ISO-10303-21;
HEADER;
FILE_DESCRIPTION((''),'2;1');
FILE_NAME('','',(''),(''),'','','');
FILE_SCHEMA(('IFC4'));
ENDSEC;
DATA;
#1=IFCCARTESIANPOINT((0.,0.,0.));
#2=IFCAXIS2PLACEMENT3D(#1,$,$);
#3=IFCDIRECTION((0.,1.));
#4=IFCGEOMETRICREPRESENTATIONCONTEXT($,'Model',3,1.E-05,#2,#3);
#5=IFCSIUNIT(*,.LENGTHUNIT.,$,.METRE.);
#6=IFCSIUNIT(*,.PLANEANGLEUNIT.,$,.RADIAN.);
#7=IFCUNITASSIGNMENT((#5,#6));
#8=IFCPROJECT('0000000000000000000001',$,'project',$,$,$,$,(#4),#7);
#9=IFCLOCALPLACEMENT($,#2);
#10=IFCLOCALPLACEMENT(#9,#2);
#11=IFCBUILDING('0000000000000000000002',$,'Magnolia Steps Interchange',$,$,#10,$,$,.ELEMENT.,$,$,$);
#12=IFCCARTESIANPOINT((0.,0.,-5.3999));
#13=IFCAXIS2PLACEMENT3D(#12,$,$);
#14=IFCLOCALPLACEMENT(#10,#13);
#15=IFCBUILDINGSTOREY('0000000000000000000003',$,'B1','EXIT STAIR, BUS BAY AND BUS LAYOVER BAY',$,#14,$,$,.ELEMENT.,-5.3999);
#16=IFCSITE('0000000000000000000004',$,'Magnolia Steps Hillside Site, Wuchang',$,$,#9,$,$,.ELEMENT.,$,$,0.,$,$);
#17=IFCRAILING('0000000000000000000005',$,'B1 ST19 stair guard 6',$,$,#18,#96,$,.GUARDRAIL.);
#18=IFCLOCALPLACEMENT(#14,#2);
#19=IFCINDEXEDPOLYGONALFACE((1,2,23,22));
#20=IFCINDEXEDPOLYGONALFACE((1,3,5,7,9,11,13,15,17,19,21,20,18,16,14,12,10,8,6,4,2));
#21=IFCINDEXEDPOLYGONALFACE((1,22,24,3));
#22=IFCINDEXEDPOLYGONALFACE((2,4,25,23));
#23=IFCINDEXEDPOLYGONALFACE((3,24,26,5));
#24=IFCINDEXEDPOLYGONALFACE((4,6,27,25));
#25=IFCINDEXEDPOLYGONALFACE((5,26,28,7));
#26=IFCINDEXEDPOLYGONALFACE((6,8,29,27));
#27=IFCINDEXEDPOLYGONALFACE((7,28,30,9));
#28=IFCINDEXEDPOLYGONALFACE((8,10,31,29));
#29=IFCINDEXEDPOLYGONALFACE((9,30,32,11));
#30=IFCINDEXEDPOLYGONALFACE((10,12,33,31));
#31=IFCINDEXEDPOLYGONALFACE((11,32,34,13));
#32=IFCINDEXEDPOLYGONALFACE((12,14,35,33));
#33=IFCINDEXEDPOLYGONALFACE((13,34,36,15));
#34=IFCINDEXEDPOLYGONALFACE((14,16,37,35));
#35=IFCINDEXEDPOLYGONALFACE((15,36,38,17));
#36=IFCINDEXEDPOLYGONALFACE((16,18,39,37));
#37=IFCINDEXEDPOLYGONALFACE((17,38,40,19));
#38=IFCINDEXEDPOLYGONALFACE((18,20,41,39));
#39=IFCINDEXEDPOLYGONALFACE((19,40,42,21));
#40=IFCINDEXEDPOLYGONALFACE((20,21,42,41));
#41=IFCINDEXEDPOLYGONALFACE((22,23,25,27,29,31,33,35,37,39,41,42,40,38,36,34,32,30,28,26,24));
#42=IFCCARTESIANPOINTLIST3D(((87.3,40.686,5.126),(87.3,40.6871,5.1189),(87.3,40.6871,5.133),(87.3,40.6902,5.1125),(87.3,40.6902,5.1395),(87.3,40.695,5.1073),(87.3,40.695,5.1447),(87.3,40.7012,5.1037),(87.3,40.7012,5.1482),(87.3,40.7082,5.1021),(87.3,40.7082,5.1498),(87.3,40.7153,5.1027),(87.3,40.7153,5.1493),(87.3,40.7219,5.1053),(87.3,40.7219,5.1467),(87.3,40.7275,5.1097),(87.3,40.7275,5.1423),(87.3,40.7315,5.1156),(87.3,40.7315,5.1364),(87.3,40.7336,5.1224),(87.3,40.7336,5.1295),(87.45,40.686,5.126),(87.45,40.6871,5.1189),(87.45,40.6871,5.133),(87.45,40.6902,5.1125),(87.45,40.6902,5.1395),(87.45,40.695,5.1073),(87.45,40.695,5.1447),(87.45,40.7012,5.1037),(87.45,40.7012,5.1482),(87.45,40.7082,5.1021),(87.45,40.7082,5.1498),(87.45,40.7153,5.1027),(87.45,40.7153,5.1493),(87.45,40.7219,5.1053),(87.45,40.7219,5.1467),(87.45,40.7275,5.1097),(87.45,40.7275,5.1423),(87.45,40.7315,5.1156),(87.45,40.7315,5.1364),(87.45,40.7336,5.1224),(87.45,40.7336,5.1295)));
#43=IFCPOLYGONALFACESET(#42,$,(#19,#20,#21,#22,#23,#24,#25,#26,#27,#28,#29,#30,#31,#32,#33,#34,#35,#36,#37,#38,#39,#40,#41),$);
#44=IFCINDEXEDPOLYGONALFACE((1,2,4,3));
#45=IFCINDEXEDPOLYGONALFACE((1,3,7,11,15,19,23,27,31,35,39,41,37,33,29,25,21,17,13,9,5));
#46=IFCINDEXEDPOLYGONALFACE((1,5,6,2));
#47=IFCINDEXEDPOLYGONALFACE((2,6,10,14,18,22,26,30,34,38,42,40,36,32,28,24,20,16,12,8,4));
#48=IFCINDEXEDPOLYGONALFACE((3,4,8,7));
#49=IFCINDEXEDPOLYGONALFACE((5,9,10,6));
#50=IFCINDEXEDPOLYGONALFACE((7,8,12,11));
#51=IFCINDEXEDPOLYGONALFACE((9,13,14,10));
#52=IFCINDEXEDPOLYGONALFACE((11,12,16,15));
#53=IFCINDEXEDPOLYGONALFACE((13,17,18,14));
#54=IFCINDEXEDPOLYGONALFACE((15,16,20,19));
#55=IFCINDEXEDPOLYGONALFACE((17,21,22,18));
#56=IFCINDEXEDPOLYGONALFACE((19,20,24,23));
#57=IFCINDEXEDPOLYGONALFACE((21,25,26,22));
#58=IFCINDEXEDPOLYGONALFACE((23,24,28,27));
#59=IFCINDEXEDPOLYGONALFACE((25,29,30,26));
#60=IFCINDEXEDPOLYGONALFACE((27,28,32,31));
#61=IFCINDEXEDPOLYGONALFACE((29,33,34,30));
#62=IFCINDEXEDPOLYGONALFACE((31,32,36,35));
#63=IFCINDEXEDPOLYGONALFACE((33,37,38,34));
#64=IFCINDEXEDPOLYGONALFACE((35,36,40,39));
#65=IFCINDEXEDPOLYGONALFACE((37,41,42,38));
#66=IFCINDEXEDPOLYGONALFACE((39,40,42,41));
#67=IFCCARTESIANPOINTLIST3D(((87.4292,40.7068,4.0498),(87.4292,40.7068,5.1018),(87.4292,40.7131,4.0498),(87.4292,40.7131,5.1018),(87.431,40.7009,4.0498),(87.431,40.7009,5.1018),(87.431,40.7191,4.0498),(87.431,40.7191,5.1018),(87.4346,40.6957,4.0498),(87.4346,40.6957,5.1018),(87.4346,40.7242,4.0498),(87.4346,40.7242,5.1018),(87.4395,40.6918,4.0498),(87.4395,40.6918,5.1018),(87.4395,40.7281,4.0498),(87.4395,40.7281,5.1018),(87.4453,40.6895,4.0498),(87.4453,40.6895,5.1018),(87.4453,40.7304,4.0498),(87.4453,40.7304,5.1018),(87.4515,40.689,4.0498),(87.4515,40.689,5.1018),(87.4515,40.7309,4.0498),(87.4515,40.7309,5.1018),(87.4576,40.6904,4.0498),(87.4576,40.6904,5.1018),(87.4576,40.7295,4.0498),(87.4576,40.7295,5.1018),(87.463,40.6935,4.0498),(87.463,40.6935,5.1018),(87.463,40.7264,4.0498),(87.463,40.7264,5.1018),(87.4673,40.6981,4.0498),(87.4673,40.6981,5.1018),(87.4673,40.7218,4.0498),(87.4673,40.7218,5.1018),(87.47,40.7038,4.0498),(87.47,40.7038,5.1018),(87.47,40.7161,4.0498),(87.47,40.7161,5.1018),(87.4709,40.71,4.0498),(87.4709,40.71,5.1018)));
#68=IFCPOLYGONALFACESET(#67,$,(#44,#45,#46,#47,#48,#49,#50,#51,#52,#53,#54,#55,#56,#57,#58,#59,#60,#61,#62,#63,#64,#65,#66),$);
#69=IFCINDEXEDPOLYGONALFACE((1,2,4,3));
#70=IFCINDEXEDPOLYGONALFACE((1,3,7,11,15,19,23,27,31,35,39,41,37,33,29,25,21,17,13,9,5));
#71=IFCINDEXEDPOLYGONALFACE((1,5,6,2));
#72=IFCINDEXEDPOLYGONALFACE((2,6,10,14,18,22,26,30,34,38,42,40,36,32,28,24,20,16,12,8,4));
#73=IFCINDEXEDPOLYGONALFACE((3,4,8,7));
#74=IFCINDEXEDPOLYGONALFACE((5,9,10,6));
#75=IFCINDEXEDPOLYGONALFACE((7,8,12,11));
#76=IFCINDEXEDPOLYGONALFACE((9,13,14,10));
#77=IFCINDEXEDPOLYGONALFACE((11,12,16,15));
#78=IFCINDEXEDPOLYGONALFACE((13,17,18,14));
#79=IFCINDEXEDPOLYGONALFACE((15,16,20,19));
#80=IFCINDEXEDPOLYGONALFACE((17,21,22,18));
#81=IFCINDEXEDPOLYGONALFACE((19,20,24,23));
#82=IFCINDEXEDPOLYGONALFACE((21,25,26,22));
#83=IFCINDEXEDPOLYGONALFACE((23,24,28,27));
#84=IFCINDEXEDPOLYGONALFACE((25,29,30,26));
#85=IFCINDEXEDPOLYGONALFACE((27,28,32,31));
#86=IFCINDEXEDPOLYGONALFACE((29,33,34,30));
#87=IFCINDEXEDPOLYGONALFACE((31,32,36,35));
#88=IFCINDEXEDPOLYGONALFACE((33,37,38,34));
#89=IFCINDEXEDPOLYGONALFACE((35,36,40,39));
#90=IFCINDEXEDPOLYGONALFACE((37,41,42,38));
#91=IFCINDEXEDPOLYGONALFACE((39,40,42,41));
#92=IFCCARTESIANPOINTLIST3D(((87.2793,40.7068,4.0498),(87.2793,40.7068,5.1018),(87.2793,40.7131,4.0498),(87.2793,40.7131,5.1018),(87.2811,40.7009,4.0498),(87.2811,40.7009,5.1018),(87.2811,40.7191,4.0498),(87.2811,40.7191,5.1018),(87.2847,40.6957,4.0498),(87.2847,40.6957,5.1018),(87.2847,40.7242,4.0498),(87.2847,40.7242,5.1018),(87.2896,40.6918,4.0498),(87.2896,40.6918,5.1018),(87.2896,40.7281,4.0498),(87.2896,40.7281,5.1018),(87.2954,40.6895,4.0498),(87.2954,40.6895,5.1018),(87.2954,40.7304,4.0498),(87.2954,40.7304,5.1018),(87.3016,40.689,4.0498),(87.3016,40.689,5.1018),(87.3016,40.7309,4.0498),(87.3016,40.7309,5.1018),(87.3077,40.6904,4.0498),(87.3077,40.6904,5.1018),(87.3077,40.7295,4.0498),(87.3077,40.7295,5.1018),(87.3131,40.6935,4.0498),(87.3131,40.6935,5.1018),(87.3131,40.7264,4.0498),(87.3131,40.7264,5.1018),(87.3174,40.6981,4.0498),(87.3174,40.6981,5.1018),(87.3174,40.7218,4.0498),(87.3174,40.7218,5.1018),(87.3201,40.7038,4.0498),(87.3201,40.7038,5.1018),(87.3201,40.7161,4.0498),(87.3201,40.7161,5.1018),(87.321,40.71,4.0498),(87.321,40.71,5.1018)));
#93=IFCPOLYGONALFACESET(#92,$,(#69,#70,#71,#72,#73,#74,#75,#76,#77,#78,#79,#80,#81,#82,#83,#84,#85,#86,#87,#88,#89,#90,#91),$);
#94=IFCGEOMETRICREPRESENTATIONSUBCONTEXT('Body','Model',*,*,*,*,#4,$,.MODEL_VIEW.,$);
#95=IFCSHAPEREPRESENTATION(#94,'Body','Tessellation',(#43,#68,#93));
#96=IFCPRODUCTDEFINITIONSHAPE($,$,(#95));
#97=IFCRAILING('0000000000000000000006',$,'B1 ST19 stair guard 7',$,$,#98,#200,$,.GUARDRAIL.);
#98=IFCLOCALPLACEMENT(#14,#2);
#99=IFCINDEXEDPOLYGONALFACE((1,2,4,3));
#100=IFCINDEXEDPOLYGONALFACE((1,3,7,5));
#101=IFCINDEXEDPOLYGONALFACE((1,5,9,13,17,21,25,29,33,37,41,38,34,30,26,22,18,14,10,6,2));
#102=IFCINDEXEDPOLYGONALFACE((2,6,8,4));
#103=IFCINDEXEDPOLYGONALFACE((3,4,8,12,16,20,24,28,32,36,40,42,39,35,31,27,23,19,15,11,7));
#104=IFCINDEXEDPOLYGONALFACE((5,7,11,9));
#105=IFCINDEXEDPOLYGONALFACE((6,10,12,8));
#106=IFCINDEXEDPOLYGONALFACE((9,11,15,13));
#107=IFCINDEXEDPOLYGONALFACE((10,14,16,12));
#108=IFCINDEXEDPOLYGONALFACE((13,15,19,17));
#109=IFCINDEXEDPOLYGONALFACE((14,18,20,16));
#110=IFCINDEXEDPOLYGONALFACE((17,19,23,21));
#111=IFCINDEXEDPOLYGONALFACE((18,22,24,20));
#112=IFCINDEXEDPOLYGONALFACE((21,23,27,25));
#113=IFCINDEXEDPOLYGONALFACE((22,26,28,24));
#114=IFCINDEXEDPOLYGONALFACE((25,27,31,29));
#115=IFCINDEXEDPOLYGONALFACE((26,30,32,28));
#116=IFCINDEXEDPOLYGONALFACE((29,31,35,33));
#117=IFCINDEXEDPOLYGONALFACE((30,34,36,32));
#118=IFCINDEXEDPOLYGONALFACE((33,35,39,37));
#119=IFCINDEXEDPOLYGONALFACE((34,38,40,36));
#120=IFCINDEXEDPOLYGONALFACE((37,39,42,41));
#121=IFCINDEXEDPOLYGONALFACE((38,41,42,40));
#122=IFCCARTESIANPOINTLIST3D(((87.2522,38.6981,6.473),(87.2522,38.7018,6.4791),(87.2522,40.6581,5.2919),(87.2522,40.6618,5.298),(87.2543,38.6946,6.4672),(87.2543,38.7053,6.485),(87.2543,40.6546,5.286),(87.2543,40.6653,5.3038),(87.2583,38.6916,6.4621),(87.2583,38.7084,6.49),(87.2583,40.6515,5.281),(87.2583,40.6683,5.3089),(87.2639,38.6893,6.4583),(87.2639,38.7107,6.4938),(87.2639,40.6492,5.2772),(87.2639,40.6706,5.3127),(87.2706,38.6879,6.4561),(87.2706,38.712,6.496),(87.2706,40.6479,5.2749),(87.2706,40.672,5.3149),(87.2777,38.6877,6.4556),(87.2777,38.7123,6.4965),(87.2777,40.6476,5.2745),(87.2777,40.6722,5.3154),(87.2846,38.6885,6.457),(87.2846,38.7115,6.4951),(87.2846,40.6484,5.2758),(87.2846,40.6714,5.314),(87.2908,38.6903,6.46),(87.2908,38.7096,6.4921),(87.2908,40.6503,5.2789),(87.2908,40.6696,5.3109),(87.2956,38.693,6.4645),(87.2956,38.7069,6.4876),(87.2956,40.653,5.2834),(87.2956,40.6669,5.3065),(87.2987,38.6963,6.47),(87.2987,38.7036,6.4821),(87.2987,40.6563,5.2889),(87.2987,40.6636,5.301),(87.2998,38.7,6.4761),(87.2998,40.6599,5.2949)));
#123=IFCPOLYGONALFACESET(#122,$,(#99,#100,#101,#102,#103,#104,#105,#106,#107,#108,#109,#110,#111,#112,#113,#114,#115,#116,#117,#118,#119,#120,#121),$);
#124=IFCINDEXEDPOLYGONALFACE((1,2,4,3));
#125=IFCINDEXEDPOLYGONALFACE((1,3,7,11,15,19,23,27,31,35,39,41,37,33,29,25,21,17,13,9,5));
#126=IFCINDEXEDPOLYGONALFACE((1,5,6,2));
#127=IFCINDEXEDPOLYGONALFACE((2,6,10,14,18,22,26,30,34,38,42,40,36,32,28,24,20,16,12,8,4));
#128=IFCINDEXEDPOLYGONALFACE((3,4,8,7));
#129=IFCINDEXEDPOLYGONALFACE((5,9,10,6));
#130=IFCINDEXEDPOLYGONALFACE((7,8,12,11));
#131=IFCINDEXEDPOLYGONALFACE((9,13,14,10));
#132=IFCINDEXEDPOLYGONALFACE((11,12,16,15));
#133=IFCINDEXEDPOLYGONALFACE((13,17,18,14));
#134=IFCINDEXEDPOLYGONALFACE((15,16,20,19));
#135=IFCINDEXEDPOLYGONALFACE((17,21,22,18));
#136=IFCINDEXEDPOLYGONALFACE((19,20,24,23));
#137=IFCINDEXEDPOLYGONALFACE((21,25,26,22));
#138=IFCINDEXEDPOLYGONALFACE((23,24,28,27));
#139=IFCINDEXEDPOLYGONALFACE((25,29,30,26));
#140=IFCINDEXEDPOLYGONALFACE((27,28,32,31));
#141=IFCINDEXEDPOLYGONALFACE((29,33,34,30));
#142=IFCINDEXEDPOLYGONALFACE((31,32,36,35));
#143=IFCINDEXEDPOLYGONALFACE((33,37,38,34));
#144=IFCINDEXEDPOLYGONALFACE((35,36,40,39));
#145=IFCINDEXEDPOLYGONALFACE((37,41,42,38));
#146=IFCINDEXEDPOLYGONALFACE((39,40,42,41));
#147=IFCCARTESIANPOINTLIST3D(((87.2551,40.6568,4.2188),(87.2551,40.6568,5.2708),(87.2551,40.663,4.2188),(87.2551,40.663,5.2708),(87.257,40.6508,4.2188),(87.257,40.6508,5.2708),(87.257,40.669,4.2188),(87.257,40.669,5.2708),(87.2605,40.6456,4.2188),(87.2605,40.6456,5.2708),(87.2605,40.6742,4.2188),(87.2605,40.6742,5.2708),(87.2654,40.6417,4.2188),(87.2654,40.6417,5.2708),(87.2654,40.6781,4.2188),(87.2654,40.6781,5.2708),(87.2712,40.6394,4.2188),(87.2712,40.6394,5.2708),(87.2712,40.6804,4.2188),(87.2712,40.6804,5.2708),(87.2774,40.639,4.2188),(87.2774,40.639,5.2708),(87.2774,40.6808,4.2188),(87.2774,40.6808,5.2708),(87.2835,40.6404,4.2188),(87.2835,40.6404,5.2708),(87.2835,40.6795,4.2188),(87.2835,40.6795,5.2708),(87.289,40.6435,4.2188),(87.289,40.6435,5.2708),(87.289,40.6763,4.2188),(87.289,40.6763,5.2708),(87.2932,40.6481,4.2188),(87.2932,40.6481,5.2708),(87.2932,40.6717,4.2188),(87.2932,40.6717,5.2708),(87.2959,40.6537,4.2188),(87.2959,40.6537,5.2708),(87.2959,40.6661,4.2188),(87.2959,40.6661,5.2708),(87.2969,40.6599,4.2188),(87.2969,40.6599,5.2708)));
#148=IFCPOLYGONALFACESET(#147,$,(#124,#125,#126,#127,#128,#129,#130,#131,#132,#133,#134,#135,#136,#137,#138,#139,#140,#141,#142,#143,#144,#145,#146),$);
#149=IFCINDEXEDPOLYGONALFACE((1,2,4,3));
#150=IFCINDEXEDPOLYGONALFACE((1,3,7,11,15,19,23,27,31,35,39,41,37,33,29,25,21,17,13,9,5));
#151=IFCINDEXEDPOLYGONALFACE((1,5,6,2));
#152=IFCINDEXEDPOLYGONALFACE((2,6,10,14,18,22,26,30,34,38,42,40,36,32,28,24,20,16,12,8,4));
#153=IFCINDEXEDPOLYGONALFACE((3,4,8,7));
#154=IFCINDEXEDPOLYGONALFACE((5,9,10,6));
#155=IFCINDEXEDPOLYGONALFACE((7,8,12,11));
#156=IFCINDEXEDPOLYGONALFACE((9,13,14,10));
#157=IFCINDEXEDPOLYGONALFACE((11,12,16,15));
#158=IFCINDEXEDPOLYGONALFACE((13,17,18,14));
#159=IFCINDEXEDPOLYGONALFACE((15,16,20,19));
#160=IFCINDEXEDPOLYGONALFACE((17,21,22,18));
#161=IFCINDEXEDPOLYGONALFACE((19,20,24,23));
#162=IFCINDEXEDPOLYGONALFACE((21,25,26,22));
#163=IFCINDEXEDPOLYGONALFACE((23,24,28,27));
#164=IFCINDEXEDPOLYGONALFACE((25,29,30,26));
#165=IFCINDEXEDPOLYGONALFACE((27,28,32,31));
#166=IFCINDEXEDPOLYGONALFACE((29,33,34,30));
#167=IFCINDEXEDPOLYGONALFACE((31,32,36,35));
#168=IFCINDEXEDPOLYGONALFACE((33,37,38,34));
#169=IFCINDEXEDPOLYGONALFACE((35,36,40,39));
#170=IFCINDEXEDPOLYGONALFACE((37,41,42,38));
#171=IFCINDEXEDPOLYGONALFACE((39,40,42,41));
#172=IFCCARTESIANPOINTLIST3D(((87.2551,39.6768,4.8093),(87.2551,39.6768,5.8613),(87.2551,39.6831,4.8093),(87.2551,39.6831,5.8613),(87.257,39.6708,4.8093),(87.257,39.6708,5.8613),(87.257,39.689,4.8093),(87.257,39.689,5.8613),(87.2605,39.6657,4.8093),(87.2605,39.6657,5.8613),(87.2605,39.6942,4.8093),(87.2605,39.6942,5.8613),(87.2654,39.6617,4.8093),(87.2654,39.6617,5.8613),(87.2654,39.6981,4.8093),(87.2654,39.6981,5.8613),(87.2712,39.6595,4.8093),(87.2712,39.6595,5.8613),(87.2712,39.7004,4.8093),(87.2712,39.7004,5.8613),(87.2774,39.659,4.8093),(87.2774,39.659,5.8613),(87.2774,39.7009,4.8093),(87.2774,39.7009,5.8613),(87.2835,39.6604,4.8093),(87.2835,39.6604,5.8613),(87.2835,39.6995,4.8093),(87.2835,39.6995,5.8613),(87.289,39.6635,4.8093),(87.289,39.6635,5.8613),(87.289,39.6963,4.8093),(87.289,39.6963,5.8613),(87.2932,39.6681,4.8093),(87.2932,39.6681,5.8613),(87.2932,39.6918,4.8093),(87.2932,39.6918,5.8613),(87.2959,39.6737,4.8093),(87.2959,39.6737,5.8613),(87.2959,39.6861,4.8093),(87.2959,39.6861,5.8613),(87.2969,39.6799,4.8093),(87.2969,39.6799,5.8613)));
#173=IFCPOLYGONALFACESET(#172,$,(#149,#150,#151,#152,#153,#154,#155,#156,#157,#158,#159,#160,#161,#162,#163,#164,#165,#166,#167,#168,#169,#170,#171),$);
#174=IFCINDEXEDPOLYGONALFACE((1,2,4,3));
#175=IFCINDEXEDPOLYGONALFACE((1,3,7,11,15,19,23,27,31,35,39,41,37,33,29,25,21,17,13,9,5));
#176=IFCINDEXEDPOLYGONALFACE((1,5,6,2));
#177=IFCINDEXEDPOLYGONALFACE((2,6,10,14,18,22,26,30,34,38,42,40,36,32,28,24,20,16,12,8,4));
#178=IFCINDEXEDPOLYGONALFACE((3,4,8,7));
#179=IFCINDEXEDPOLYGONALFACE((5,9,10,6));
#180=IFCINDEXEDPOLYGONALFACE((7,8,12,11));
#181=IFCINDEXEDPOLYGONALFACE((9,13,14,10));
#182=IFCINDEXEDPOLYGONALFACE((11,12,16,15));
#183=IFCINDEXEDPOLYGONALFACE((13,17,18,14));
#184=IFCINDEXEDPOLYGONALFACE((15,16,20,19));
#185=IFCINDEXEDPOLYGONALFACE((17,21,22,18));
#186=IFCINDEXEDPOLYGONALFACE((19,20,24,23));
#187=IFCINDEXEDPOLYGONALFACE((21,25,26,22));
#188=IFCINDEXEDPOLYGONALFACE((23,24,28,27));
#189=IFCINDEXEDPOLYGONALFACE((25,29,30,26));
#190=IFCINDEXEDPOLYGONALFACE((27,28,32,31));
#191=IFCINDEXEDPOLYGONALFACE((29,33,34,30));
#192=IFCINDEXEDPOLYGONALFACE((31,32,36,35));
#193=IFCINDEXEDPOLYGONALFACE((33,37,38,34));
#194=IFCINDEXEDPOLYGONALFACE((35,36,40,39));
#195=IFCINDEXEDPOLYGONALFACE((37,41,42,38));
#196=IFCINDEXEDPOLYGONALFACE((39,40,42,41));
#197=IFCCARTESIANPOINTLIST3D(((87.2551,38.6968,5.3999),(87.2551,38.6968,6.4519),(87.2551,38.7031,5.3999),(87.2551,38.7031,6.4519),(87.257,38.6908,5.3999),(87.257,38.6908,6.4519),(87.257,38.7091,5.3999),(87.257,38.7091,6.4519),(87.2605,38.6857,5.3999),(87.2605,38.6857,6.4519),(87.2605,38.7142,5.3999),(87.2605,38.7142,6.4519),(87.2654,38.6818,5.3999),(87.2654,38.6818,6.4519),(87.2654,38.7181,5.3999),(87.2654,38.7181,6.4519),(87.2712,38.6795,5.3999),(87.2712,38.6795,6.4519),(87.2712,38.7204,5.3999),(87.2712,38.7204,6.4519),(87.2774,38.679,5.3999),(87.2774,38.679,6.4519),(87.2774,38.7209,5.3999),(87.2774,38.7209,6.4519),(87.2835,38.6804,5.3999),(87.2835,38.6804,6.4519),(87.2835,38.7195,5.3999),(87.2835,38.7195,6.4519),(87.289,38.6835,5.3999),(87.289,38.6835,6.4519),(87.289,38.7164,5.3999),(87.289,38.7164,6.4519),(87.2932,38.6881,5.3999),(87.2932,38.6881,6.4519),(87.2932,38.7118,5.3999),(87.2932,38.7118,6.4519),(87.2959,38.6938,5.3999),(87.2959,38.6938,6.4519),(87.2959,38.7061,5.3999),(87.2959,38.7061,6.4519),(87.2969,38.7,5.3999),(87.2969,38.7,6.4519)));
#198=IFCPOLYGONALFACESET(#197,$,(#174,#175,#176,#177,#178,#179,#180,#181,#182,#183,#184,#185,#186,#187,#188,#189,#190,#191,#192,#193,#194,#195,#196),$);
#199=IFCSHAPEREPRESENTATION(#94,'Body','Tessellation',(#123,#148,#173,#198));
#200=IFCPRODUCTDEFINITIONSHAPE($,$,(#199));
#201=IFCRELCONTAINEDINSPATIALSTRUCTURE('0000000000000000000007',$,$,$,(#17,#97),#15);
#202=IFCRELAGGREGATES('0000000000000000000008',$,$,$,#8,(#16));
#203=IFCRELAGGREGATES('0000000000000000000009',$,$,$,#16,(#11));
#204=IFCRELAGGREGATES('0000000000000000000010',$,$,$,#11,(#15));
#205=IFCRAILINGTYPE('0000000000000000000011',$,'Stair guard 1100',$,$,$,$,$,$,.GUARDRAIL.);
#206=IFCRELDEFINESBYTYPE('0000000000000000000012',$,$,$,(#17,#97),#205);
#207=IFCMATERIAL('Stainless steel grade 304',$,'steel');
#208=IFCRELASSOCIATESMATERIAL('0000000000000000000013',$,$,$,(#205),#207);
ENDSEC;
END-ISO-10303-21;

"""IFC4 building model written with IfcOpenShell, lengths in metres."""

from ifc_helpers import new_model, si_unit, direction, frame, origin, origin_2d, place, context, subcontext, project, spatial, circle, extrude, material, type_object, element, save


model = new_model("IFC4")

# Units and contexts
model_context = context("Model", 3, precision=1e-05, world=origin(), true_north=direction((0.0, 1.0)))
body_context = subcontext(model_context, "Body", "Model", "MODEL_VIEW")
ifc_project = project(units=[si_unit("LENGTHUNIT", "METRE"), si_unit("PLANEANGLEUNIT", "RADIAN")], contexts=[model_context])

# Site, building, storey
site_placement = place(None, origin())
site = spatial("IfcSite", under=ifc_project, at=site_placement, Name="Magnolia Steps Hillside Site, Wuchang", CompositionType="ELEMENT", RefElevation=0.0)
building_placement = place(site_placement, origin())
building = spatial("IfcBuilding", under=site, at=building_placement, Name="Magnolia Steps Interchange", CompositionType="ELEMENT")
storey_placement = place(building_placement, frame((0.0, 0.0, -5.3999)))
storey = spatial("IfcBuildingStorey", under=building, at=storey_placement, Name="B1", Description="EXIT STAIR, BUS BAY AND BUS LAYOVER BAY", CompositionType="ELEMENT", Elevation=-5.3999)

# Railings
ifc_material_1 = material(Name="Stainless steel grade 304", Category="steel")
railing_type_1 = type_object("IfcRailingType", Name="Stair guard 1100", PredefinedType="GUARDRAIL", material=ifc_material_1)
railing_1_placement = place(storey_placement, frame((87.45, 40.71, 4.0498)))
element("IfcRailing", 1, at=railing_1_placement, inside=storey, type_object=railing_type_1, Name="B1 ST19 stair guard 6", PredefinedType="GUARDRAIL", context=body_context, shape_type="SweptSolid", body=[
    extrude(circle(Radius=0.0239, at=origin_2d()), frame((0.0, 0.0, 1.0762), z_axis=(-1.0, 0.0, 0.0), x_axis=(0.0, -1.0, 0.0)), (0.0, 0.0, 1.0), 0.1499),
    extrude(circle(Radius=0.021, at=origin_2d()), origin(), (0.0, 0.0, 1.0), 1.052),
    extrude(circle(Radius=0.021, at=origin_2d()), frame((-0.1499, 0.0, 0.0)), (0.0, 0.0, 1.0), 1.052),
])
railing_2_placement = place(storey_placement, frame((87.2759, 40.6599, 4.2188)))
element("IfcRailing", 2, at=railing_2_placement, inside=storey, type_object=railing_type_1, Name="B1 ST19 stair guard 7", PredefinedType="GUARDRAIL", context=body_context, shape_type="SweptSolid", body=[
    extrude(circle(Radius=0.0239, at=origin_2d()), frame((0.0, 0.0, 1.0762), z_axis=(0.0, -0.856493, 0.516158), x_axis=(1.0, 0.0, 0.0)), (0.0, 0.0, 1.0), 2.2883),
    extrude(circle(Radius=0.021, at=origin_2d()), origin(), (0.0, 0.0, 1.0), 1.052),
    extrude(circle(Radius=0.021, at=origin_2d()), frame((0.0, -0.98, 0.5906)), (0.0, 0.0, 1.0), 1.052),
    extrude(circle(Radius=0.021, at=origin_2d()), frame((0.0, -1.96, 1.1812)), (0.0, 0.0, 1.0), 1.052),
])

save(model, "model.ifc")
